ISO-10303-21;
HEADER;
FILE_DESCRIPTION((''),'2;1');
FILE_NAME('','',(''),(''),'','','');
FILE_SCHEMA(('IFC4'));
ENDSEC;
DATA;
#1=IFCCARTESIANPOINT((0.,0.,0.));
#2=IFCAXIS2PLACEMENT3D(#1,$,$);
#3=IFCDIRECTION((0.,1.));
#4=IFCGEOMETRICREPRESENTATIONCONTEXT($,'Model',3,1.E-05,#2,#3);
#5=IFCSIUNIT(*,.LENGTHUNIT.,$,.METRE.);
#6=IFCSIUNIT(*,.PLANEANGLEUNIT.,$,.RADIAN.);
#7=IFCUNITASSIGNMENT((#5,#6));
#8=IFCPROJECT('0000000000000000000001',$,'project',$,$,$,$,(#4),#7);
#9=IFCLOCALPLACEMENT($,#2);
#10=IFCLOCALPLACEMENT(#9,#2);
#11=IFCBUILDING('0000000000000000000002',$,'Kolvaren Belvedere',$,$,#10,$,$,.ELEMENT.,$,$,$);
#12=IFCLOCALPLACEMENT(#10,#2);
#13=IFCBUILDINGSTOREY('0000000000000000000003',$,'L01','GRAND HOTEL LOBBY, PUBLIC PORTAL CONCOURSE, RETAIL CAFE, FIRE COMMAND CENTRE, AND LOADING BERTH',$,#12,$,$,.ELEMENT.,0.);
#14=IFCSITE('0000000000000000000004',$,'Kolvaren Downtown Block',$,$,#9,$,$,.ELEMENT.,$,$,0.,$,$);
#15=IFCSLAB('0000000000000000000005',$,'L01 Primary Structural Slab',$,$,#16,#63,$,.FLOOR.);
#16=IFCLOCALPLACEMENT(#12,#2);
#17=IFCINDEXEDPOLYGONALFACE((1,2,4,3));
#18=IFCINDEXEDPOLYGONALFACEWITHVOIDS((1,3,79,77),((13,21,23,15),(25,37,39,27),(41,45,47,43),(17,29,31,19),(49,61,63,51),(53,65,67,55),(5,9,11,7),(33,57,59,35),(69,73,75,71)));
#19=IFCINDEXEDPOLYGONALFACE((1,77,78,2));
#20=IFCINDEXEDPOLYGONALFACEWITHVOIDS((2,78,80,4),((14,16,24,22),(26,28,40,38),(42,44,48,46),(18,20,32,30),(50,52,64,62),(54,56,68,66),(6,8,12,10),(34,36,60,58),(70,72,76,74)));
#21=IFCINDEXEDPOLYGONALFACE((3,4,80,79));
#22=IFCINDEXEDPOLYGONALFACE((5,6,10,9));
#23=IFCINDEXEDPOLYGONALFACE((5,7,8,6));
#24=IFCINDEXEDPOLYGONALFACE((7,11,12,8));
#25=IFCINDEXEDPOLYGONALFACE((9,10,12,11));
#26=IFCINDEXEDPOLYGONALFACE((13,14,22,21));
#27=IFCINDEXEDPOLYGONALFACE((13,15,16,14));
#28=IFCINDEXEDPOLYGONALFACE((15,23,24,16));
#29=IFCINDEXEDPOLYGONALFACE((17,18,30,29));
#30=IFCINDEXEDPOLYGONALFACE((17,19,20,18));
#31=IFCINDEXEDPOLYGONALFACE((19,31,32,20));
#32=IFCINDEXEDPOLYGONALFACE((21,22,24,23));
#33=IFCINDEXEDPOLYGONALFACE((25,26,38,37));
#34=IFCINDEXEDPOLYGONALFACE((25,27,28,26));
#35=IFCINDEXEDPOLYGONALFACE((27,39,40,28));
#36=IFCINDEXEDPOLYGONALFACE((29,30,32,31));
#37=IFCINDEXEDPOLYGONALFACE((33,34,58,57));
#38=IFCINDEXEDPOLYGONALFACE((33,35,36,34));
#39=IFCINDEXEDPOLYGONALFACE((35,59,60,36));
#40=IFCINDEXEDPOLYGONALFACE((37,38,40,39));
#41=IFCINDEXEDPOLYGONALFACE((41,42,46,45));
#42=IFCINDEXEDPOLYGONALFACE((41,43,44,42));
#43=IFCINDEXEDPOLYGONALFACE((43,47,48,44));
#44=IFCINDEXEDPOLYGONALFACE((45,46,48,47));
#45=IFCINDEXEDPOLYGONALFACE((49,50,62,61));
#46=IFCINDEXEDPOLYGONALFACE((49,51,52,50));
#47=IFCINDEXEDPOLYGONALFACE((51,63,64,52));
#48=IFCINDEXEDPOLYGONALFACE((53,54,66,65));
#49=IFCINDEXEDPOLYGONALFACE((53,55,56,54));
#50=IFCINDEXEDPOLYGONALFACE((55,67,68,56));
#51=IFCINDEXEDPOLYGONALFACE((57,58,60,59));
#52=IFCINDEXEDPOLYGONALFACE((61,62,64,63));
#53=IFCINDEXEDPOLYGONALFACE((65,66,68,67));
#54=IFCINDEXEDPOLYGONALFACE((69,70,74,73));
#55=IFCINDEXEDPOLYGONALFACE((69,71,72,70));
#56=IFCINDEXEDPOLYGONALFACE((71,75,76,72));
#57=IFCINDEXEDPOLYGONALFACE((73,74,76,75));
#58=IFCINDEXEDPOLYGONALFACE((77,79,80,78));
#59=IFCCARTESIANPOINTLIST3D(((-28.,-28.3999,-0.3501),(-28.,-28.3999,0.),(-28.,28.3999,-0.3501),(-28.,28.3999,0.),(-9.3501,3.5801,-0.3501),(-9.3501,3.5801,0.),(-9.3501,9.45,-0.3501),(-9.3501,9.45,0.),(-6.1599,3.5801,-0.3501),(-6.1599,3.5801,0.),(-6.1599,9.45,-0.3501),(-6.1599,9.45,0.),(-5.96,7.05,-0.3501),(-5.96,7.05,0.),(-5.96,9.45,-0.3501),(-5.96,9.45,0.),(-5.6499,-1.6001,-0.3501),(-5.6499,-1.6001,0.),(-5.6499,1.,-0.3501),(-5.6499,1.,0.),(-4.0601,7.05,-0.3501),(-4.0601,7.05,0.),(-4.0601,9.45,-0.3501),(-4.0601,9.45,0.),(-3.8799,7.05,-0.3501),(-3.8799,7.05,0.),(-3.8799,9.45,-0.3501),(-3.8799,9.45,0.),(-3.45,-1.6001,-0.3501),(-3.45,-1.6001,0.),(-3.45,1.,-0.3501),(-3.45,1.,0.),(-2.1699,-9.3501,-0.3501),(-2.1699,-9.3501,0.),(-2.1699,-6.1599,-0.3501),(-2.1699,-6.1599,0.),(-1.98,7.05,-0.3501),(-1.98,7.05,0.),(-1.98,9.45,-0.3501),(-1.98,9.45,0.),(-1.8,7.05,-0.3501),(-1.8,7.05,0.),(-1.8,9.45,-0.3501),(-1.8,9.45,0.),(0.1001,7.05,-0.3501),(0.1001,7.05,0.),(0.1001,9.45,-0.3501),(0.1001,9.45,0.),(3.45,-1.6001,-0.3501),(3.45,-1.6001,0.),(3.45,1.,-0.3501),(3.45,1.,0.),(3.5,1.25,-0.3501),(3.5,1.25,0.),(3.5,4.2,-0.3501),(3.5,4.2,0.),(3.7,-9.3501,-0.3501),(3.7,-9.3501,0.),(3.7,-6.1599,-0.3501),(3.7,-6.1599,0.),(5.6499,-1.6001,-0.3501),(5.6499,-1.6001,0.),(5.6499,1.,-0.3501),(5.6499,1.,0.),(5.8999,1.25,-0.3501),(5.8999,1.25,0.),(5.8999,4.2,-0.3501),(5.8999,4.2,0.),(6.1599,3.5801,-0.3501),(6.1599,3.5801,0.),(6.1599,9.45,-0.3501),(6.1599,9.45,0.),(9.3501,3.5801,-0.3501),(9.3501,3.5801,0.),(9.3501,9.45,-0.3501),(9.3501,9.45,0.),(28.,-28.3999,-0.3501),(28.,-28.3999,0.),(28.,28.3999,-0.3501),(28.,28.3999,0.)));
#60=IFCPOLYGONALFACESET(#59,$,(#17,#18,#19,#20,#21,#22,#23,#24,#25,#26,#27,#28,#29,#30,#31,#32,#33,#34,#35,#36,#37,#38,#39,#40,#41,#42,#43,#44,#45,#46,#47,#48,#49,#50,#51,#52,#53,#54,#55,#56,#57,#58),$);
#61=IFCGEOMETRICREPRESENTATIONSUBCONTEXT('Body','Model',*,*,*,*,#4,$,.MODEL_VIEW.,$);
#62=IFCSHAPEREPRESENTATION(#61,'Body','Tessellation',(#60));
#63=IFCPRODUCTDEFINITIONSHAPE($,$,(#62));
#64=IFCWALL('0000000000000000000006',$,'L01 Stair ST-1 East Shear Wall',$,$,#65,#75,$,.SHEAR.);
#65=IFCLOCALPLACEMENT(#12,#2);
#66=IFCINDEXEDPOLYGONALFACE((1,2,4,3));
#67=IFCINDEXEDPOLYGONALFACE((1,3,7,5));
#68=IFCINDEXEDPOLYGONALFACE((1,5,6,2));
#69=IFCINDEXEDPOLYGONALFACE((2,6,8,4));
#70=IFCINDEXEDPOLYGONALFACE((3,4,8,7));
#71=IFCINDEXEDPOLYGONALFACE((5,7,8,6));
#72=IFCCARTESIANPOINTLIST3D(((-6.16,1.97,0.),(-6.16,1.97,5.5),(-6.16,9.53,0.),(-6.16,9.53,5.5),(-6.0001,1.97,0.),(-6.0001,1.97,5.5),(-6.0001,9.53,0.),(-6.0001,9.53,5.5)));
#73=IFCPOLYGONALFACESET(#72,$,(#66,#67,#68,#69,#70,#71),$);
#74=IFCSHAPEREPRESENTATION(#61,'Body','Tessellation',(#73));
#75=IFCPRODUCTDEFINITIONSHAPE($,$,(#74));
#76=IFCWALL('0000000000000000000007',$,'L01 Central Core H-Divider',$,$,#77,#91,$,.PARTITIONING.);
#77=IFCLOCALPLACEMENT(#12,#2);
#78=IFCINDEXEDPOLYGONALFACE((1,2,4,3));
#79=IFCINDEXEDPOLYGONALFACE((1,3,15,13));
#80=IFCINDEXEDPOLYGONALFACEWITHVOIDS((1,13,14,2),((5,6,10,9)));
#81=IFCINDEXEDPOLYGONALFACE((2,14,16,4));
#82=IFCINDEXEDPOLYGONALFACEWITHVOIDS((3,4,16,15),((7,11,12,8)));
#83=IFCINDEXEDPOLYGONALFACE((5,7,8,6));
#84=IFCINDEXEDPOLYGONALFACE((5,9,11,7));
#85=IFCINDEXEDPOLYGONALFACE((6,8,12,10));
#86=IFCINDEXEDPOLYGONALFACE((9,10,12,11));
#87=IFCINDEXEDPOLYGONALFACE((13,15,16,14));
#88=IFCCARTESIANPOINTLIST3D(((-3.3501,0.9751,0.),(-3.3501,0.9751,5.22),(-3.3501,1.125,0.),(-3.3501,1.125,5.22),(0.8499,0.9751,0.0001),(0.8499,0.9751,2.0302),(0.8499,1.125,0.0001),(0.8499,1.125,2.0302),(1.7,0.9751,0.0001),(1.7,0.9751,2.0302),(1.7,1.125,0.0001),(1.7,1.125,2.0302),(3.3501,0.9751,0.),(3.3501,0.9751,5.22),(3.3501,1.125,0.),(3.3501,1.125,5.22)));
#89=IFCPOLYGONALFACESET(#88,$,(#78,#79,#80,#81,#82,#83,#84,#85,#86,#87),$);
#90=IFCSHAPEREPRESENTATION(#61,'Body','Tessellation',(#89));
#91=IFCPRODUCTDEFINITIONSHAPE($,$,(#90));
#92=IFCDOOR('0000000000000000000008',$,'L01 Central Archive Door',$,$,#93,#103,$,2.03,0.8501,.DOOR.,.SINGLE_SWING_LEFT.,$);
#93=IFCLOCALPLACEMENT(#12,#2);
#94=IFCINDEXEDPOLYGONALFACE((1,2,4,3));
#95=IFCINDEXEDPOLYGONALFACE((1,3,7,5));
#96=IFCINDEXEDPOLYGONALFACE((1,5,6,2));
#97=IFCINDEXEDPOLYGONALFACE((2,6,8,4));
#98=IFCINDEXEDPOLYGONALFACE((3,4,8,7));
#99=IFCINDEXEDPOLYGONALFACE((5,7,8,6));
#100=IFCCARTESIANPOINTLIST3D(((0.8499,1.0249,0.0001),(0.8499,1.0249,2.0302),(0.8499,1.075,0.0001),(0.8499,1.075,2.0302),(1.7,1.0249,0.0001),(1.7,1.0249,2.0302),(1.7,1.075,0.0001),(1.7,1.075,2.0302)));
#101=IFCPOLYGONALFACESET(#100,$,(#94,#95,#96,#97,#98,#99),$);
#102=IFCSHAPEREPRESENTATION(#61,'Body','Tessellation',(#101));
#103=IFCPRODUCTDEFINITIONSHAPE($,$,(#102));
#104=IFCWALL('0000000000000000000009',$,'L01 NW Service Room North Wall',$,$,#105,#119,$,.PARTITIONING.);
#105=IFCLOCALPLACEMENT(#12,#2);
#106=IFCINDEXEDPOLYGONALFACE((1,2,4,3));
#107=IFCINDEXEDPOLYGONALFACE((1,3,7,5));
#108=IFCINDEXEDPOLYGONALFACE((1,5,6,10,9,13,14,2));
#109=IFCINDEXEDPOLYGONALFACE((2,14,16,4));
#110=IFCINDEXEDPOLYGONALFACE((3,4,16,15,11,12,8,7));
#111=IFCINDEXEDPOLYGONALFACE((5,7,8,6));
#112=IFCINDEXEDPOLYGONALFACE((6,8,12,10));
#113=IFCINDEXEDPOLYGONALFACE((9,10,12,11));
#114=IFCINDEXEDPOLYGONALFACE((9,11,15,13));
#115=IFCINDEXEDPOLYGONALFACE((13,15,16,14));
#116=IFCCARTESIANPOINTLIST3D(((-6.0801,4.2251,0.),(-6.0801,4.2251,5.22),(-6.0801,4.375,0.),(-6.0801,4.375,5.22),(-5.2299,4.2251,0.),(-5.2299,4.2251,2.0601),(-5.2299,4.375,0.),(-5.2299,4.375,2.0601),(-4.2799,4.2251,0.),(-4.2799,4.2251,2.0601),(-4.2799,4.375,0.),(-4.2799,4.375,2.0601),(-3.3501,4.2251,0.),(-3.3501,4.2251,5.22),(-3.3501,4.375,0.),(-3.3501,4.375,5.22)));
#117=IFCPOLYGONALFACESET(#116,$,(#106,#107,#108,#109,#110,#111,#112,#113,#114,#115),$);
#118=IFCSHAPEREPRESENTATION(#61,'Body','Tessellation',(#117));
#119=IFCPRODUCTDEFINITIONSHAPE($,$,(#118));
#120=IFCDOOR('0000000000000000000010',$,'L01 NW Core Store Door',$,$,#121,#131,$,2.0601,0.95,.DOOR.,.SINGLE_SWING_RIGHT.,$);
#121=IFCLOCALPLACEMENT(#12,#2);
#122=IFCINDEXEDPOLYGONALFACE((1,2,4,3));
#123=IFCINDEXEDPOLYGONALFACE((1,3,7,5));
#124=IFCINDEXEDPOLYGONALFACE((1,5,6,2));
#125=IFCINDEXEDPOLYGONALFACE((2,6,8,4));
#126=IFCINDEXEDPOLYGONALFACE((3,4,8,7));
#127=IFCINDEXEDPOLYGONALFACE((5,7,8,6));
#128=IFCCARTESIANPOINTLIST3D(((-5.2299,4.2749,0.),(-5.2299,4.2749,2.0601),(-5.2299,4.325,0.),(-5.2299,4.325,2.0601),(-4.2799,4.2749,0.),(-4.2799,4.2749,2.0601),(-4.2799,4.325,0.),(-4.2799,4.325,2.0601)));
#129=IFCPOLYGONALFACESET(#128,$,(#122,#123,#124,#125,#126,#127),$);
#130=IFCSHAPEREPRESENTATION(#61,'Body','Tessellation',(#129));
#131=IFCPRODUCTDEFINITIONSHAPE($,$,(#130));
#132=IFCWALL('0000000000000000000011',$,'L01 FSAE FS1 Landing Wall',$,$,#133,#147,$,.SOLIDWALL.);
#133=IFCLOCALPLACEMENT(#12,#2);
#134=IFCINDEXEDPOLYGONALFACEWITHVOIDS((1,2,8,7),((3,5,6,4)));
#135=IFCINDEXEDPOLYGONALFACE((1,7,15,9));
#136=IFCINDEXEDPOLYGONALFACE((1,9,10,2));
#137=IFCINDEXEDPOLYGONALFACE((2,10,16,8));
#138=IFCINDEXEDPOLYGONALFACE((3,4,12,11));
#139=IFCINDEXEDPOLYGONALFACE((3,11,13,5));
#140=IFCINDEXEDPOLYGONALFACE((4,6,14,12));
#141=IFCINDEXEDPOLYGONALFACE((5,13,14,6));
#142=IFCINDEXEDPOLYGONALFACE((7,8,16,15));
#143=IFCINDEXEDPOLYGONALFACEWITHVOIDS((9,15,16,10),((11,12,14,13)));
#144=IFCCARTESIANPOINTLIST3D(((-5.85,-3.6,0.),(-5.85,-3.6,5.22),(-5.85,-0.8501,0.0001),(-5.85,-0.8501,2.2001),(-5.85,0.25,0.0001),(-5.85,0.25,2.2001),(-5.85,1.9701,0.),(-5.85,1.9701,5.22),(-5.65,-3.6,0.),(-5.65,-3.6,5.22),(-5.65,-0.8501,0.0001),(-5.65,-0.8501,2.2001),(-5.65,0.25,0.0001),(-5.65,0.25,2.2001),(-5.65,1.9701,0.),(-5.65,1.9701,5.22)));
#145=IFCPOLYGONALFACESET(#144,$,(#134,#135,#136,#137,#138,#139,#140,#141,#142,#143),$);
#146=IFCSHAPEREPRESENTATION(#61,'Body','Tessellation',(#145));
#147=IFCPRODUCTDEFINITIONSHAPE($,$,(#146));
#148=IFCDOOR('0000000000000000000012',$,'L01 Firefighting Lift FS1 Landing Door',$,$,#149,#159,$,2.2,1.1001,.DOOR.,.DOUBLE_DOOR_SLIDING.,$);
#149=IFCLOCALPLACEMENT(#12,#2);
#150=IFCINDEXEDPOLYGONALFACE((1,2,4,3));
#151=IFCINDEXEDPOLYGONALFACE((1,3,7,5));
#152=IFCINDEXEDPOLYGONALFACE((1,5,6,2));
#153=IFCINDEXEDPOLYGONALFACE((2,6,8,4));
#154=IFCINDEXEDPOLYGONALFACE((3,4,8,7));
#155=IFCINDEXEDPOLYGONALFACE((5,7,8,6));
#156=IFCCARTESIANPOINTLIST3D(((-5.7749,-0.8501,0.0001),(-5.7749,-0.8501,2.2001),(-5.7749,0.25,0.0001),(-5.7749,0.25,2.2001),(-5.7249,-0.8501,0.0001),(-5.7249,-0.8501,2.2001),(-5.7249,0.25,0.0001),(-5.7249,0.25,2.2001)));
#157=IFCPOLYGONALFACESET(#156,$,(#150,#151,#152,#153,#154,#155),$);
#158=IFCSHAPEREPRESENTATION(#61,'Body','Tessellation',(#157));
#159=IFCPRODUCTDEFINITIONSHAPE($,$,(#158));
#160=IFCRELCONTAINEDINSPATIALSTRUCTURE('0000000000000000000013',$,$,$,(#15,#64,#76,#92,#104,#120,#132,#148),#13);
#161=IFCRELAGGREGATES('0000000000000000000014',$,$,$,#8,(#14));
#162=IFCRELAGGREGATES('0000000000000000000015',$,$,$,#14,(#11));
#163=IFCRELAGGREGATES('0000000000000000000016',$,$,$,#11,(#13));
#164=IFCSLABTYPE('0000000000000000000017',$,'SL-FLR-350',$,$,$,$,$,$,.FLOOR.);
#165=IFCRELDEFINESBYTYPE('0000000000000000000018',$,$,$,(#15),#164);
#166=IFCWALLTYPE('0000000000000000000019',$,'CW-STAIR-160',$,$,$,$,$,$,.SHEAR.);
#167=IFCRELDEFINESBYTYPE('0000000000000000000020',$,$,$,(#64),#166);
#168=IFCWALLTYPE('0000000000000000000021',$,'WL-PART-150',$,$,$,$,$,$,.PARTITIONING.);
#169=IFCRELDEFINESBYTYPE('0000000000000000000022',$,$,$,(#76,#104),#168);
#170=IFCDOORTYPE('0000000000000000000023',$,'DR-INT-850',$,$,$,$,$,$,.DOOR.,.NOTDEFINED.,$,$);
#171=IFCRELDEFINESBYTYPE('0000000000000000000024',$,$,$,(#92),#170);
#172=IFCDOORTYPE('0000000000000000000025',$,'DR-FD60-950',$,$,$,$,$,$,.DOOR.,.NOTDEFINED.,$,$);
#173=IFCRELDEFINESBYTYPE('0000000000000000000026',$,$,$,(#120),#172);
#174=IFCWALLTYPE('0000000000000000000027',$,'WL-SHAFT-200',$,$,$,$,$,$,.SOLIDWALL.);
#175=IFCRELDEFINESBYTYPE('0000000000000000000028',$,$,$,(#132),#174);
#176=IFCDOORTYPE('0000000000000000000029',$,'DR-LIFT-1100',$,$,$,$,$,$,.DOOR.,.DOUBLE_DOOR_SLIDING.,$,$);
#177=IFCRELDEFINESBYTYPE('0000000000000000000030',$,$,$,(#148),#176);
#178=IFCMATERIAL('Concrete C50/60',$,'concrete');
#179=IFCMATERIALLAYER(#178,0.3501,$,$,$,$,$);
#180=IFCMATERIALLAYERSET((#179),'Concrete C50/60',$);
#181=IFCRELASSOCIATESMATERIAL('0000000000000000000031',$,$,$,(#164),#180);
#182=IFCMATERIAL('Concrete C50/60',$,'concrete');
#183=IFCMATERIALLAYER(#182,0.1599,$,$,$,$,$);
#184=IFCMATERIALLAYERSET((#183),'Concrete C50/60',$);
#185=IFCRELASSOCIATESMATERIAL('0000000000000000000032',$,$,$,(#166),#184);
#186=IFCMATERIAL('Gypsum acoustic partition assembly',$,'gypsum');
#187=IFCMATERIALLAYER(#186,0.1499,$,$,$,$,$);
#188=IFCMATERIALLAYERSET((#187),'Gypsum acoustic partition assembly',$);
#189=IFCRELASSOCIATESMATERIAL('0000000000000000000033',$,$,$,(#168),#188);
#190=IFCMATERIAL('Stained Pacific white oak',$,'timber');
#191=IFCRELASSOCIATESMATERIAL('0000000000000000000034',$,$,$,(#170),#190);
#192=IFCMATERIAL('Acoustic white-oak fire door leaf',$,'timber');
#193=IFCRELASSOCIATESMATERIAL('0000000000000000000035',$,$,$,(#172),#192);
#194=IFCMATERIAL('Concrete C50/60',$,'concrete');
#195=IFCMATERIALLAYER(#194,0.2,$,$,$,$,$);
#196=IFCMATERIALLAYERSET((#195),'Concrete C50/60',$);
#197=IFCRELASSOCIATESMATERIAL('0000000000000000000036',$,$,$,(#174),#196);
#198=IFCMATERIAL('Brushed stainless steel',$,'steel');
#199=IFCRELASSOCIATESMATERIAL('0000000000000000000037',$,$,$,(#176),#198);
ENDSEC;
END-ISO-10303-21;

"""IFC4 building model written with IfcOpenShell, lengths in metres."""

from ifc_helpers import new_model, si_unit, direction, frame, frame_2d, origin, place, context, subcontext, project, spatial, polyline, rectangle, outline, extrude, material, layer, layer_set, type_object, element, fill, save


model = new_model("IFC4")

# Units and contexts
model_context = context("Model", 3, precision=1e-05, world=origin(), true_north=direction((0.0, 1.0)))
body_context = subcontext(model_context, "Body", "Model", "MODEL_VIEW")
ifc_project = project(units=[si_unit("LENGTHUNIT", "METRE"), si_unit("PLANEANGLEUNIT", "RADIAN")], contexts=[model_context])

# Site, building, storey
site_placement = place(None, origin())
site = spatial("IfcSite", under=ifc_project, at=site_placement, Name="Kolvaren Downtown Block", CompositionType="ELEMENT", RefElevation=0.0)
building_placement = place(site_placement, origin())
building = spatial("IfcBuilding", under=site, at=building_placement, Name="Kolvaren Belvedere", CompositionType="ELEMENT")
storey_placement = place(building_placement, origin())
storey = spatial("IfcBuildingStorey", under=building, at=storey_placement, Name="L01", Description="GRAND HOTEL LOBBY, PUBLIC PORTAL CONCOURSE, RETAIL CAFE, FIRE COMMAND CENTRE, AND LOADING BERTH", CompositionType="ELEMENT", Elevation=0.0)

# Slab
ifc_material_1 = material(Name="Concrete C50/60", Category="concrete")
ifc_layer_1 = layer(ifc_material_1, 0.3501)
ifc_layer_set_1 = layer_set([ifc_layer_1], Name="Concrete C50/60")
slab_type = type_object("IfcSlabType", Name="SL-FLR-350", PredefinedType="FLOOR", material=ifc_layer_set_1)
slab_placement = place(storey_placement, frame((0.0, 0.0, -0.3501)))
element("IfcSlab", 1, at=slab_placement, inside=storey, type_object=slab_type, Name="L01 Primary Structural Slab", PredefinedType="FLOOR", context=body_context, shape_type="SweptSolid", body=[
    extrude(outline(polyline([(-28.0, -28.3999), (28.0, -28.3999), (28.0, 28.3999), (-28.0, 28.3999), (-28.0, -28.3999)]), holes=[polyline([(-9.3501, 3.5801), (-6.1599, 3.5801), (-6.1599, 9.45), (-9.3501, 9.45), (-9.3501, 3.5801)]), polyline([(6.1599, 3.5801), (9.3501, 3.5801), (9.3501, 9.45), (6.1599, 9.45), (6.1599, 3.5801)]), polyline([(-2.1699, -9.3501), (3.7, -9.3501), (3.7, -6.1599), (-2.1699, -6.1599), (-2.1699, -9.3501)]), polyline([(-5.6499, -1.6001), (-3.45, -1.6001), (-3.45, 1.0), (-5.6499, 1.0), (-5.6499, -1.6001)]), polyline([(3.5, 1.25), (5.8999, 1.25), (5.8999, 4.2), (3.5, 4.2), (3.5, 1.25)]), polyline([(3.45, -1.6001), (5.6499, -1.6001), (5.6499, 1.0), (3.45, 1.0), (3.45, -1.6001)]), polyline([(-5.96, 7.05), (-4.0601, 7.05), (-4.0601, 9.45), (-5.96, 9.45), (-5.96, 7.05)]), polyline([(-3.8799, 7.05), (-1.98, 7.05), (-1.98, 9.45), (-3.8799, 9.45), (-3.8799, 7.05)]), polyline([(-1.8, 7.05), (0.1001, 7.05), (0.1001, 9.45), (-1.8, 9.45), (-1.8, 7.05)])]), origin(), (0.0, 0.0, 1.0), 0.3501),
])

# Wall
ifc_material_2 = material(Name="Concrete C50/60", Category="concrete")
ifc_layer_2 = layer(ifc_material_2, 0.1599)
ifc_layer_set_2 = layer_set([ifc_layer_2], Name="Concrete C50/60")
wall_type_1 = type_object("IfcWallType", Name="CW-STAIR-160", PredefinedType="SHEAR", material=ifc_layer_set_2)
wall_1_placement = place(storey_placement, frame((-6.0801, 1.97, 0.0), z_axis=(0.0, 0.0, 1.0), x_axis=(0.0, 1.0, 0.0)))
element("IfcWall", 2, at=wall_1_placement, inside=storey, type_object=wall_type_1, Name="L01 Stair ST-1 East Shear Wall", PredefinedType="SHEAR", context=body_context, shape_type="SweptSolid", body=[
    extrude(rectangle(XDim=7.5601, YDim=0.1599, at=frame_2d((3.78, 0.0))), origin(), (0.0, 0.0, 1.0), 5.5),
])

# Walls, openings, doors
ifc_material_3 = material(Name="Gypsum acoustic partition assembly", Category="gypsum")
ifc_layer_3 = layer(ifc_material_3, 0.1499)
ifc_layer_set_3 = layer_set([ifc_layer_3], Name="Gypsum acoustic partition assembly")
wall_type_2 = type_object("IfcWallType", Name="WL-PART-150", PredefinedType="PARTITIONING", material=ifc_layer_set_3)
wall_2_placement = place(storey_placement, frame((-3.3501, 1.05, 0.0), z_axis=(0.0, 0.0, 1.0), x_axis=(1.0, 0.0, 0.0)))
wall_2 = element("IfcWall", 3, at=wall_2_placement, inside=storey, type_object=wall_type_2, Name="L01 Central Core H-Divider", PredefinedType="PARTITIONING", context=body_context, shape_type="SweptSolid", body=[
    extrude(rectangle(XDim=6.7002, YDim=0.1499, at=frame_2d((3.3501, 0.0))), origin(), (0.0, 0.0, 1.0), 5.22),
])
opening_1_placement = place(wall_2_placement, frame((4.2, 0.0, 0.0)))
opening_1 = element("IfcOpeningElement", 4, at=opening_1_placement, cuts=wall_2, PredefinedType="OPENING", context=body_context, shape_type="SweptSolid", body=[
    extrude(rectangle(XDim=0.8501, YDim=2.03, at=frame_2d((0.425, 1.0151))), frame((0.0, 0.085, 0.0), z_axis=(0.0, -1.0, 0.0), x_axis=(1.0, 0.0, 0.0)), (0.0, 0.0, 1.0), 0.1699),
])
ifc_material_4 = material(Name="Stained Pacific white oak", Category="timber")
door_type_1 = type_object("IfcDoorType", Name="DR-INT-850", OperationType="NOTDEFINED", PredefinedType="DOOR", material=ifc_material_4)
door_1_placement = place(opening_1_placement, origin())
door_1 = element("IfcDoor", 5, at=door_1_placement, inside=storey, type_object=door_type_1, Name="L01 Central Archive Door", OperationType="SINGLE_SWING_LEFT", OverallHeight=2.03, OverallWidth=0.8501, PredefinedType="DOOR", context=body_context, shape_type="SweptSolid", body=[
    extrude(rectangle(XDim=0.8501, YDim=2.03, at=frame_2d((0.425, 1.0151))), frame((0.0, 0.0249, 0.0), z_axis=(0.0, -1.0, 0.0), x_axis=(1.0, 0.0, 0.0)), (0.0, 0.0, 1.0), 0.05),
])
fill(opening_1, door_1)
wall_3_placement = place(storey_placement, frame((-6.0801, 4.3, 0.0), z_axis=(0.0, 0.0, 1.0), x_axis=(1.0, 0.0, 0.0)))
wall_3 = element("IfcWall", 6, at=wall_3_placement, inside=storey, type_object=wall_type_2, Name="L01 NW Service Room North Wall", PredefinedType="PARTITIONING", context=body_context, shape_type="SweptSolid", body=[
    extrude(rectangle(XDim=2.73, YDim=0.1499, at=frame_2d((1.365, 0.0))), origin(), (0.0, 0.0, 1.0), 5.22),
])
opening_2_placement = place(wall_3_placement, frame((0.8501, 0.0, 0.0)))
opening_2 = element("IfcOpeningElement", 7, at=opening_2_placement, cuts=wall_3, PredefinedType="OPENING", context=body_context, shape_type="SweptSolid", body=[
    extrude(rectangle(XDim=0.95, YDim=2.0601, at=frame_2d((0.4751, 1.03))), frame((0.0, 0.085, 0.0), z_axis=(0.0, -1.0, 0.0), x_axis=(1.0, 0.0, 0.0)), (0.0, 0.0, 1.0), 0.1699),
])
ifc_material_5 = material(Name="Acoustic white-oak fire door leaf", Category="timber")
door_type_2 = type_object("IfcDoorType", Name="DR-FD60-950", OperationType="NOTDEFINED", PredefinedType="DOOR", material=ifc_material_5)
door_2_placement = place(opening_2_placement, origin())
door_2 = element("IfcDoor", 8, at=door_2_placement, inside=storey, type_object=door_type_2, Name="L01 NW Core Store Door", OperationType="SINGLE_SWING_RIGHT", OverallHeight=2.0601, OverallWidth=0.95, PredefinedType="DOOR", context=body_context, shape_type="SweptSolid", body=[
    extrude(rectangle(XDim=0.95, YDim=2.0601, at=frame_2d((0.4751, 1.03))), frame((0.0, 0.0249, 0.0), z_axis=(0.0, -1.0, 0.0), x_axis=(1.0, 0.0, 0.0)), (0.0, 0.0, 1.0), 0.05),
])
fill(opening_2, door_2)
ifc_material_6 = material(Name="Concrete C50/60", Category="concrete")
ifc_layer_4 = layer(ifc_material_6, 0.2)
ifc_layer_set_4 = layer_set([ifc_layer_4], Name="Concrete C50/60")
wall_type_3 = type_object("IfcWallType", Name="WL-SHAFT-200", PredefinedType="SOLIDWALL", material=ifc_layer_set_4)
wall_4_placement = place(storey_placement, frame((-5.75, -3.6001, 0.0), z_axis=(0.0, 0.0, 1.0), x_axis=(0.0, 1.0, 0.0)))
wall_4 = element("IfcWall", 9, at=wall_4_placement, inside=storey, type_object=wall_type_3, Name="L01 FSAE FS1 Landing Wall", PredefinedType="SOLIDWALL", context=body_context, shape_type="SweptSolid", body=[
    extrude(rectangle(XDim=5.5701, YDim=0.2, at=frame_2d((2.7852, 0.0))), origin(), (0.0, 0.0, 1.0), 5.22),
])
opening_3_placement = place(wall_4_placement, frame((2.75, 0.0, 0.0)))
opening_3 = element("IfcOpeningElement", 10, at=opening_3_placement, cuts=wall_4, PredefinedType="OPENING", context=body_context, shape_type="SweptSolid", body=[
    extrude(rectangle(XDim=1.1001, YDim=2.2, at=frame_2d((0.55, 1.1001))), frame((0.0, 0.1099, 0.0), z_axis=(0.0, -1.0, 0.0), x_axis=(1.0, 0.0, 0.0)), (0.0, 0.0, 1.0), 0.22),
])
ifc_material_7 = material(Name="Brushed stainless steel", Category="steel")
door_type_3 = type_object("IfcDoorType", Name="DR-LIFT-1100", OperationType="DOUBLE_DOOR_SLIDING", PredefinedType="DOOR", material=ifc_material_7)
door_3_placement = place(opening_3_placement, origin())
door_3 = element("IfcDoor", 11, at=door_3_placement, inside=storey, type_object=door_type_3, Name="L01 Firefighting Lift FS1 Landing Door", OperationType="DOUBLE_DOOR_SLIDING", OverallHeight=2.2, OverallWidth=1.1001, PredefinedType="DOOR", context=body_context, shape_type="SweptSolid", body=[
    extrude(rectangle(XDim=1.1001, YDim=2.2, at=frame_2d((0.55, 1.1001))), frame((0.0, 0.0249, 0.0), z_axis=(0.0, -1.0, 0.0), x_axis=(1.0, 0.0, 0.0)), (0.0, 0.0, 1.0), 0.05),
])
fill(opening_3, door_3)

save(model, "model.ifc")
